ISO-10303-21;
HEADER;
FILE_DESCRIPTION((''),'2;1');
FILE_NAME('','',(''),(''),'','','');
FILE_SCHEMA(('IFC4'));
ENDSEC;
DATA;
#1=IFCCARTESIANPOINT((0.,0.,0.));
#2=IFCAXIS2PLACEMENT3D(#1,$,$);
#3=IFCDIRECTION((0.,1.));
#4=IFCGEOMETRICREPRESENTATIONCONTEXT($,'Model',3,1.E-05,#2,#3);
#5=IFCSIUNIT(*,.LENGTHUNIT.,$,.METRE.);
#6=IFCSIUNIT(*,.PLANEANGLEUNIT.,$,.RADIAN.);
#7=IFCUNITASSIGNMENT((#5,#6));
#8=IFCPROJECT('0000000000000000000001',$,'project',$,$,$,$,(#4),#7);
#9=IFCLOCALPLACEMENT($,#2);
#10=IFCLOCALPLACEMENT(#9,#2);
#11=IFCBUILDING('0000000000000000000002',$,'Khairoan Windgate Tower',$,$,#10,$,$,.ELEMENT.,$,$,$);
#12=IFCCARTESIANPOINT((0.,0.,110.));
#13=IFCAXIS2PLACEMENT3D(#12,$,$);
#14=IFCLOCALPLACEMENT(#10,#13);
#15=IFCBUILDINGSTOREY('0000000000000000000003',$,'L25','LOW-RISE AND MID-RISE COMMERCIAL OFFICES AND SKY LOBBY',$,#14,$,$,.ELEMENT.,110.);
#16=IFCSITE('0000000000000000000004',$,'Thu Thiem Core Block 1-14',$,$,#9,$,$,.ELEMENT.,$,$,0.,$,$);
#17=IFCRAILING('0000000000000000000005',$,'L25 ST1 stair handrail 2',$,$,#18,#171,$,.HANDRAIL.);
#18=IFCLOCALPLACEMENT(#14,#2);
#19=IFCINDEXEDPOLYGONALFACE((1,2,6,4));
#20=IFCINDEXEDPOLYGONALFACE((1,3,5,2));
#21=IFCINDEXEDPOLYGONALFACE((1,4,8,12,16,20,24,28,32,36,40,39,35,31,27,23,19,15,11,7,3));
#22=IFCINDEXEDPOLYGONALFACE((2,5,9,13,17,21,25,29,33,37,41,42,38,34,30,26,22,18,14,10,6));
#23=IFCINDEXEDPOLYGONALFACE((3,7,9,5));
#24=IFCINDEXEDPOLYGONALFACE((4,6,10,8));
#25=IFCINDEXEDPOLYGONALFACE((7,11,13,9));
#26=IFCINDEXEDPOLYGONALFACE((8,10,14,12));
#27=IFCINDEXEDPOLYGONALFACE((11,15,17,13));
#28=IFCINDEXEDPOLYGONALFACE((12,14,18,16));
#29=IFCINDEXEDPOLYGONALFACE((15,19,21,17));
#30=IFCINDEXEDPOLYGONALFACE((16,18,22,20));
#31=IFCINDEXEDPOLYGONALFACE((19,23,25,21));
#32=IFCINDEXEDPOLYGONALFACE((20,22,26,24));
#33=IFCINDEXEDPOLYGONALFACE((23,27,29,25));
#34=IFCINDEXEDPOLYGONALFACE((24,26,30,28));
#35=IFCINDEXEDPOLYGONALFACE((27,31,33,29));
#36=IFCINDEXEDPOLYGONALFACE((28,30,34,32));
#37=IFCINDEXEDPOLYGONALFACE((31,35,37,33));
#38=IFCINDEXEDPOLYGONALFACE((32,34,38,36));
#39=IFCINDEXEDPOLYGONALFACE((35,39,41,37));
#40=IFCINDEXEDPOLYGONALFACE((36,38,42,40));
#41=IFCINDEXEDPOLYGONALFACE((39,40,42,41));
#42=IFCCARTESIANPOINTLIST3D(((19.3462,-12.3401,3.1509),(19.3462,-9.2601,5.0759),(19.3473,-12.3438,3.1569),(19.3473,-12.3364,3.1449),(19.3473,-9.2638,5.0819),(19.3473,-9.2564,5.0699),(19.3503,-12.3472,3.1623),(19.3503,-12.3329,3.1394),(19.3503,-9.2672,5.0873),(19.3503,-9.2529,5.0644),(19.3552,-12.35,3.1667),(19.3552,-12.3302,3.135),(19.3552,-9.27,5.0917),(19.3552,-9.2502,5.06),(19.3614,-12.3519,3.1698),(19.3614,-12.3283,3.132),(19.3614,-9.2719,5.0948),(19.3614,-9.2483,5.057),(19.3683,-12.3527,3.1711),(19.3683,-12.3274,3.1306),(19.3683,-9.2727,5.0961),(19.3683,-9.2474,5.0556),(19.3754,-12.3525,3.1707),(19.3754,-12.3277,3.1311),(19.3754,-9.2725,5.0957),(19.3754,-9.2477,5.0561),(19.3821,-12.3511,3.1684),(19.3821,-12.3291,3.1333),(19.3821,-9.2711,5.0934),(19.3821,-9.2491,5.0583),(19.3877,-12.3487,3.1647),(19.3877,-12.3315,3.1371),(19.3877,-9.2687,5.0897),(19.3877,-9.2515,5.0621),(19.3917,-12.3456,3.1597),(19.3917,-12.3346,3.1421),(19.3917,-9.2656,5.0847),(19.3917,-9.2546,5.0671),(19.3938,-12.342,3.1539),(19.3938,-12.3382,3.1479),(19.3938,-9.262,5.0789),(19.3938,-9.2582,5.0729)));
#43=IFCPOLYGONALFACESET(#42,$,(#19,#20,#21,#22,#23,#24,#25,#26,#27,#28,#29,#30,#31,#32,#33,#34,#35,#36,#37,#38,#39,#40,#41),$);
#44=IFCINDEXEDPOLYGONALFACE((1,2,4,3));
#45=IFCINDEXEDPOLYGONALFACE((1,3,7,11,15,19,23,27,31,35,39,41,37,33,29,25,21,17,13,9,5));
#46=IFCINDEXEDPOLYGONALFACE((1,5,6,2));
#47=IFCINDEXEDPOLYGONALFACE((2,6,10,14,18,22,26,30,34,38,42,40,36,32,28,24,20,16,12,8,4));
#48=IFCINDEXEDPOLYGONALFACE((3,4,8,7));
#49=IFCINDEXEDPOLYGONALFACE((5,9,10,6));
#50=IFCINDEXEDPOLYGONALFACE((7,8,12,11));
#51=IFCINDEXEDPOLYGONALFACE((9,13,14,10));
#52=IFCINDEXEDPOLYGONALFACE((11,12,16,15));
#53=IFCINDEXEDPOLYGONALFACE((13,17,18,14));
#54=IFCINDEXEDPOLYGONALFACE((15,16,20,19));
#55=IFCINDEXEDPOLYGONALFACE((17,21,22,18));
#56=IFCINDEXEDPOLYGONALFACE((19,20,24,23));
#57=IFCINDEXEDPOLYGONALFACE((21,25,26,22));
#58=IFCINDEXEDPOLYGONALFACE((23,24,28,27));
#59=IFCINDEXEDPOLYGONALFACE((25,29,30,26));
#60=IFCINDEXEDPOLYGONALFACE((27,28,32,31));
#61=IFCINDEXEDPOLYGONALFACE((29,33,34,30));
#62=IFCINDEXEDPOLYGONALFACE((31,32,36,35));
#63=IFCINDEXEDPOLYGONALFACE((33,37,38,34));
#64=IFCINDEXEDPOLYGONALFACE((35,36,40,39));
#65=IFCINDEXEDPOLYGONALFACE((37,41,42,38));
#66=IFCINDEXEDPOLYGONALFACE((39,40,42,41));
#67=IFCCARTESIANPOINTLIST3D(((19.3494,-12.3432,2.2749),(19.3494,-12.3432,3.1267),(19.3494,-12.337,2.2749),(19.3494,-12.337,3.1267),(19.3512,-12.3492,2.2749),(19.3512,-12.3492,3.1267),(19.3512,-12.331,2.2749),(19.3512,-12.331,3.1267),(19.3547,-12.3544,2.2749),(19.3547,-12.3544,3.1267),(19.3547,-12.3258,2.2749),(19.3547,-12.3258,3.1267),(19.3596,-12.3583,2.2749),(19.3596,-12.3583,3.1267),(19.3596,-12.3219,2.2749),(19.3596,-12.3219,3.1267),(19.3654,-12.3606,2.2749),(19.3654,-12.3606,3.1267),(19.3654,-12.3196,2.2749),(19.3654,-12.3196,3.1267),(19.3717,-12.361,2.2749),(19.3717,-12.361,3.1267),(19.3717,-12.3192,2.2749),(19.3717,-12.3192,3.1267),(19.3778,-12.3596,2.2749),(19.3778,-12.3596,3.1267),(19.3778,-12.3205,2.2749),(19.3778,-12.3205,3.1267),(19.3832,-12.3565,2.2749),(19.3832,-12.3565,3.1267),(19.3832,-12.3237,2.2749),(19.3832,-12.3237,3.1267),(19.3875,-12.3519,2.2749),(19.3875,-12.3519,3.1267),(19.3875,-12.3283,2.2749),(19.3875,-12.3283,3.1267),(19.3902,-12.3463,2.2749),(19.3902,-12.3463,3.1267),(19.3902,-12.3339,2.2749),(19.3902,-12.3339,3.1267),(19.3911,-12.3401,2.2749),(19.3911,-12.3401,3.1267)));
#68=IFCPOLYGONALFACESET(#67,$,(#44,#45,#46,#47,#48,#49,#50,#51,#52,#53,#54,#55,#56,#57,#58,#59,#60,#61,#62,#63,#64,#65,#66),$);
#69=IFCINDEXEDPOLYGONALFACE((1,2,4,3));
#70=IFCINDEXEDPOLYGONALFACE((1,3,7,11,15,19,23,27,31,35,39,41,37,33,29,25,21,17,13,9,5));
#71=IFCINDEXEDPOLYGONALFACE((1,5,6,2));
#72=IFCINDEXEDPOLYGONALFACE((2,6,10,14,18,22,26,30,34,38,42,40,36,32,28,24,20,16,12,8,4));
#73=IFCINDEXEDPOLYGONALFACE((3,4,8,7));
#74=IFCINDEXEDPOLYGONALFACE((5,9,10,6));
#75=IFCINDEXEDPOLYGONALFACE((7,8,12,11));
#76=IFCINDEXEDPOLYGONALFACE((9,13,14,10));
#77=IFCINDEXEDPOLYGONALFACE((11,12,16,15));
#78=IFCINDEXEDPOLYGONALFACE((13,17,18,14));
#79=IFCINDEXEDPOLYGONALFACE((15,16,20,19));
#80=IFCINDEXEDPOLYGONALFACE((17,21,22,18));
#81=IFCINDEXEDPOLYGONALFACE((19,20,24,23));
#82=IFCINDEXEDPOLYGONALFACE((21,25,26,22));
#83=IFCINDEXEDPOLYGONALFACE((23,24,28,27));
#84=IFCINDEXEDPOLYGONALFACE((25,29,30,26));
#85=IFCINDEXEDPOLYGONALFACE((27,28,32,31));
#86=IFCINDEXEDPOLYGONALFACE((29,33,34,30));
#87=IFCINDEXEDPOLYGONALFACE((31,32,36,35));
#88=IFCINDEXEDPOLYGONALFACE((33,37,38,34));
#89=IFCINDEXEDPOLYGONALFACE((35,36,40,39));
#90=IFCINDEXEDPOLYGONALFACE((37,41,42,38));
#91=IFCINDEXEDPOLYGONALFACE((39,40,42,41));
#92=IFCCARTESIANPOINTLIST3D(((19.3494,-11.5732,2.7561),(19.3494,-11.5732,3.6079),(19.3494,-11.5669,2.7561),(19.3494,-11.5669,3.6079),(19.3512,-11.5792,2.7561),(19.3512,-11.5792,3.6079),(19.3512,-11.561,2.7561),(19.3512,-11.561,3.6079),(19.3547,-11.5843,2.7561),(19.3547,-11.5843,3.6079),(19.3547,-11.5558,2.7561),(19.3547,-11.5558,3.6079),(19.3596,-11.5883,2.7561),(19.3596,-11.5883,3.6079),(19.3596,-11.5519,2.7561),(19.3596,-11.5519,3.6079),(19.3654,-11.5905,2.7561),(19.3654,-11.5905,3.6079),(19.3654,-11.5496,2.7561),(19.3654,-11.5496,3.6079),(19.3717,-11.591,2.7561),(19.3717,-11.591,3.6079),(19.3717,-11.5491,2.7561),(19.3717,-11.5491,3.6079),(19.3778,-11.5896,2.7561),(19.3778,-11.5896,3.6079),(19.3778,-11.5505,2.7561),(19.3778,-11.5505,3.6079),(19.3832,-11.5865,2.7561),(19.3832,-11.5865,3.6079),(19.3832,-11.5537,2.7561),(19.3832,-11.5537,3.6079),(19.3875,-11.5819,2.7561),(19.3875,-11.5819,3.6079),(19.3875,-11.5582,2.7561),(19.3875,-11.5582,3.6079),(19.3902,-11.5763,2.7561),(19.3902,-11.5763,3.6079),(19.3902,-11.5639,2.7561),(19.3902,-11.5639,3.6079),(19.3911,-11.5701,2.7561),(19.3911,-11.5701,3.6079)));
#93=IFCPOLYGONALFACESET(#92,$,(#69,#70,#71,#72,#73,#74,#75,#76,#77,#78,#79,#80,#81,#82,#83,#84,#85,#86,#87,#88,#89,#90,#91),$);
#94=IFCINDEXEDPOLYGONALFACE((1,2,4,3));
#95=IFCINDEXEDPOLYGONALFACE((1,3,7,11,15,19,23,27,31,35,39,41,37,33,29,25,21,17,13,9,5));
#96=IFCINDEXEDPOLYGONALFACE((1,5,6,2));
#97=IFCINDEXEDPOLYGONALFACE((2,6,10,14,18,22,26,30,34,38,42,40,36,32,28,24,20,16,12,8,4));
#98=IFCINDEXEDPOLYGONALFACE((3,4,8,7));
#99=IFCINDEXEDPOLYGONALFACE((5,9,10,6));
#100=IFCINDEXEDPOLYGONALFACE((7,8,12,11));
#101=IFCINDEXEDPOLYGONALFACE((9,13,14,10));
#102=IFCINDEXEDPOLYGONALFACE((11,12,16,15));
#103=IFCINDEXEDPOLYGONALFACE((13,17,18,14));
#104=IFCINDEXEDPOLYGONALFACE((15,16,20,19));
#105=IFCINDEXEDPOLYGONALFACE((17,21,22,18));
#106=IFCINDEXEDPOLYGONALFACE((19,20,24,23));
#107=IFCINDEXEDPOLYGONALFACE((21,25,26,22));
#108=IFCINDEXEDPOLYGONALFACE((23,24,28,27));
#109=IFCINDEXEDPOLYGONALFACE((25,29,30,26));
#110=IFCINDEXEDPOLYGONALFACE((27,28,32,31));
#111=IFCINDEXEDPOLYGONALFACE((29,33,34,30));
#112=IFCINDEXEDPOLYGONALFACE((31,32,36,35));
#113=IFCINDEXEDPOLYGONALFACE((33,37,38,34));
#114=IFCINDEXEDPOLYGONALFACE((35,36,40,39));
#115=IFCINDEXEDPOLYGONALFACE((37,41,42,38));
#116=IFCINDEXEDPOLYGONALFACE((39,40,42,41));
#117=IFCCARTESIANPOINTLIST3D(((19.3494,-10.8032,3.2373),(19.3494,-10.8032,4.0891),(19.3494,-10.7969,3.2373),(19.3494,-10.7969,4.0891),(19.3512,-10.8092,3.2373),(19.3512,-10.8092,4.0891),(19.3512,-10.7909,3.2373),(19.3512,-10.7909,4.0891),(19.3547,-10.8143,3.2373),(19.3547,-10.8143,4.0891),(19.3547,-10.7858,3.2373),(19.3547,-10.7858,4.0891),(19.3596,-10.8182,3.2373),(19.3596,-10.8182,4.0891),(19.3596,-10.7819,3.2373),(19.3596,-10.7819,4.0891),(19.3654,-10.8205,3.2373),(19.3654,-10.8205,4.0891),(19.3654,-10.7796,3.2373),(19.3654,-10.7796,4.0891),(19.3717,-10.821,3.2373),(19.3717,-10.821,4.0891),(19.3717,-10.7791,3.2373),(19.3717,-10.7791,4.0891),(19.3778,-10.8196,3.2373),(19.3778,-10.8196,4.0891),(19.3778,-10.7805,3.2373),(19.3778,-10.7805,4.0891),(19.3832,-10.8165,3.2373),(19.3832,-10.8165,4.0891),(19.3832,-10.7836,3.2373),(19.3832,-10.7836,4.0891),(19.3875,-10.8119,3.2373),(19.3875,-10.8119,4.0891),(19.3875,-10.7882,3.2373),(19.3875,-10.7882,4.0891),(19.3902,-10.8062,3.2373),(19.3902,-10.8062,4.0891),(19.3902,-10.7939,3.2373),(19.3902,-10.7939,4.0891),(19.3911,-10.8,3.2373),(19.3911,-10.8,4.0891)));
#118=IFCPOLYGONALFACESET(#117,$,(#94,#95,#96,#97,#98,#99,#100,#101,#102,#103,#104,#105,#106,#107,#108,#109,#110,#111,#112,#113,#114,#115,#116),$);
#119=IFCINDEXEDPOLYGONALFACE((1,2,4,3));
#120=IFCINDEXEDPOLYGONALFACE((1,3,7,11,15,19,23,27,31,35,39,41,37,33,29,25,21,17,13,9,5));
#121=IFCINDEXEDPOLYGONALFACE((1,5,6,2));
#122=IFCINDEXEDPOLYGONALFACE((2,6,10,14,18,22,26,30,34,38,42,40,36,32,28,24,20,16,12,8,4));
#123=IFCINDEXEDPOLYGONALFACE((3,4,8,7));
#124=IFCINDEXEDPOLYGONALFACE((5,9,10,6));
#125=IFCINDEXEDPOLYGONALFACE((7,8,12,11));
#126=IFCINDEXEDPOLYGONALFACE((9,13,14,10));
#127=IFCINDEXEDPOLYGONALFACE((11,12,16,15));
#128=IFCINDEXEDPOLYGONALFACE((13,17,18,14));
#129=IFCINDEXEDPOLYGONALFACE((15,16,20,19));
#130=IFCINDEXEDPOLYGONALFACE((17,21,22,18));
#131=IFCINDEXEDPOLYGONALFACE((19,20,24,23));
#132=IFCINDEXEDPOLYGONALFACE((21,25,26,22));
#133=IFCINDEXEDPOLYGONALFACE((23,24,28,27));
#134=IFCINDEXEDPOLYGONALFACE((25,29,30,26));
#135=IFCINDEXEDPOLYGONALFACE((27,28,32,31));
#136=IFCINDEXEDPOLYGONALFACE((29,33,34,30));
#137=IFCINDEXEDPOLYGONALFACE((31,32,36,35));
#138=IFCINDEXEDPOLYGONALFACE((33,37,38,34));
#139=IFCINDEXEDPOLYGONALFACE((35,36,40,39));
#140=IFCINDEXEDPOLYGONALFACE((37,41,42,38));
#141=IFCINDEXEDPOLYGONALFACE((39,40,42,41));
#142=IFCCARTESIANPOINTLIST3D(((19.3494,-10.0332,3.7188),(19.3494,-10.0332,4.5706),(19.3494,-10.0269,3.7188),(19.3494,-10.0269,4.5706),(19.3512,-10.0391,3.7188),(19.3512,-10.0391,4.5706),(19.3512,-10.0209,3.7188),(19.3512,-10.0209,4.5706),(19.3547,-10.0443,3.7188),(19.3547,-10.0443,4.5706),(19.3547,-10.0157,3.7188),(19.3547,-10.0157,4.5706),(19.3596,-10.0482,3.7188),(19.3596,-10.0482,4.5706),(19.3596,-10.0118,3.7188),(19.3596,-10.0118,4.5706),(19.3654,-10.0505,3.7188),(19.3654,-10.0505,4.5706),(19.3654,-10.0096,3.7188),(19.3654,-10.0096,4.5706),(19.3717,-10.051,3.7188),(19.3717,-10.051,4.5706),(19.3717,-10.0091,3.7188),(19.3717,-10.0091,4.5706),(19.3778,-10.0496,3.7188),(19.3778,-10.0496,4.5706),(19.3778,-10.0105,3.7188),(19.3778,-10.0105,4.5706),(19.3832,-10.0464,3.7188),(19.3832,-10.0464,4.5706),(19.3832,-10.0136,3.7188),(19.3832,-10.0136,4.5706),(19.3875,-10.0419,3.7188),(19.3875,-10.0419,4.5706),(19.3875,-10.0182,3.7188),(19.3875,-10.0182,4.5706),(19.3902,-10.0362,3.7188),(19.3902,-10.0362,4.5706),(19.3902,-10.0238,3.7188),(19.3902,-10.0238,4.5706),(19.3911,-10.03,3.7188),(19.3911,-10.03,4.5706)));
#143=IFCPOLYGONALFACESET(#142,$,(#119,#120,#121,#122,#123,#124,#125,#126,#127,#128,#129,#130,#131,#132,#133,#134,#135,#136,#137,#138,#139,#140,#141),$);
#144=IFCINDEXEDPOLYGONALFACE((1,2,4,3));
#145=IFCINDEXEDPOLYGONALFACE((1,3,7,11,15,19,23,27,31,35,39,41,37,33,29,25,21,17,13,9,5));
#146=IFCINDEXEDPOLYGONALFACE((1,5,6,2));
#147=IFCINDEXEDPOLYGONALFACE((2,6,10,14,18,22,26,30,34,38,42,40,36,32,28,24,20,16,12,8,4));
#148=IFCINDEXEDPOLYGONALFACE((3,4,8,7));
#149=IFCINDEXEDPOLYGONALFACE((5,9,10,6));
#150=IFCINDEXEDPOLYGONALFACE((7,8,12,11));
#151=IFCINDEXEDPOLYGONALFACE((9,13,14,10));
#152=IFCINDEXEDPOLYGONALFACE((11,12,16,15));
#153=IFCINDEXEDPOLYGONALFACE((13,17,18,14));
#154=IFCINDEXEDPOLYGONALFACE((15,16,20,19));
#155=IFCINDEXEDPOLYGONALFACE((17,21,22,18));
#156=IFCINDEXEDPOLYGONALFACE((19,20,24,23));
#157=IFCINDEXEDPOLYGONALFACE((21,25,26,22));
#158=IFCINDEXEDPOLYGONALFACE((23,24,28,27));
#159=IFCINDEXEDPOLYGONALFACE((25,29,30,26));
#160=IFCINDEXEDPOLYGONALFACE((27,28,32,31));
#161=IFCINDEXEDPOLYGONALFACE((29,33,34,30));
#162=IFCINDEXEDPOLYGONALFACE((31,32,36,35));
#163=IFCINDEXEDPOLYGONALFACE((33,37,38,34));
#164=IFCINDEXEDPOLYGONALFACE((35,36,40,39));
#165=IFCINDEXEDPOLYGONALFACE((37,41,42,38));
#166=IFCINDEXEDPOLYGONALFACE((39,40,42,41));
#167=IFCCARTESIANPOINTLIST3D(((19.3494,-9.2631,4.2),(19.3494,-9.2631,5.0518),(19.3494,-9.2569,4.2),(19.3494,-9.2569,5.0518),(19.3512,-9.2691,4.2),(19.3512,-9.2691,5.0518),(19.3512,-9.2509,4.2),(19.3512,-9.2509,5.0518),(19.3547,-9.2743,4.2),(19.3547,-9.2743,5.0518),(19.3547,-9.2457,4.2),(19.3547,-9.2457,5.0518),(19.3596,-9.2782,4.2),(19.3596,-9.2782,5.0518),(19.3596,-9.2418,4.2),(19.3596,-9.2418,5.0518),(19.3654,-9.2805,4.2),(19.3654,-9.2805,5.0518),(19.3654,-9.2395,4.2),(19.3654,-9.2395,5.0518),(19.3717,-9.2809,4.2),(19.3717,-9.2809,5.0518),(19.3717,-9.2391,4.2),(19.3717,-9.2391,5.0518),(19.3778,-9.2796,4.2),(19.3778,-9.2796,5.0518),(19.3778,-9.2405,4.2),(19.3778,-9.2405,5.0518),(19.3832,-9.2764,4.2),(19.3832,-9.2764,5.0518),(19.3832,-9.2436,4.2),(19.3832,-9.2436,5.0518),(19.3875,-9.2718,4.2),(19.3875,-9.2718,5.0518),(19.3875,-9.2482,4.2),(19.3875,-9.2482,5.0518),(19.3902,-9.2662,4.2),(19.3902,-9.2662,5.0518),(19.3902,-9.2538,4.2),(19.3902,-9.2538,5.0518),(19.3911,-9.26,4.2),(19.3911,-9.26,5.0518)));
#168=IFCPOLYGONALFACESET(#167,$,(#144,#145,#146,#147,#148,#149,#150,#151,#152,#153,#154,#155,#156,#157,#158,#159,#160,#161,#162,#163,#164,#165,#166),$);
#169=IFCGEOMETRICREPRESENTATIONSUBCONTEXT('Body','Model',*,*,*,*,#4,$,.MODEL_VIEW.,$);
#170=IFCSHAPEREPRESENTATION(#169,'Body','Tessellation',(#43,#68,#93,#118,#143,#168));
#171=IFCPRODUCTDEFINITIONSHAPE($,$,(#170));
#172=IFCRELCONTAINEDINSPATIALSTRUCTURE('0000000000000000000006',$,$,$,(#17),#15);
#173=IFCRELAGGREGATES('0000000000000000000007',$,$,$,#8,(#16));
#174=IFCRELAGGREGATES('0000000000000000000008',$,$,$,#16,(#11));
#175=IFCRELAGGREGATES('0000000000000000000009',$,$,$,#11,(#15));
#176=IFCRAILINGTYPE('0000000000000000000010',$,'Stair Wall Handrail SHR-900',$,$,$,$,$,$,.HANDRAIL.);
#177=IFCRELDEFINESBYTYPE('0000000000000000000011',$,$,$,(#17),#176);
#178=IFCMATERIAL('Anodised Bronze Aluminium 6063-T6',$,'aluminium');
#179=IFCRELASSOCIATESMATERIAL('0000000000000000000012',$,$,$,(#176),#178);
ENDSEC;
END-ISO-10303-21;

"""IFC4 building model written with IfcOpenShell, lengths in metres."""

from ifc_helpers import new_model, si_unit, direction, frame, origin, origin_2d, place, context, subcontext, project, spatial, circle, extrude, material, type_object, element, save


model = new_model("IFC4")

# Units and contexts
model_context = context("Model", 3, precision=1e-05, world=origin(), true_north=direction((0.0, 1.0)))
body_context = subcontext(model_context, "Body", "Model", "MODEL_VIEW")
ifc_project = project(units=[si_unit("LENGTHUNIT", "METRE"), si_unit("PLANEANGLEUNIT", "RADIAN")], contexts=[model_context])

# Site, building, storey
site_placement = place(None, origin())
site = spatial("IfcSite", under=ifc_project, at=site_placement, Name="Thu Thiem Core Block 1-14", CompositionType="ELEMENT", RefElevation=0.0)
building_placement = place(site_placement, origin())
building = spatial("IfcBuilding", under=site, at=building_placement, Name="Khairoan Windgate Tower", CompositionType="ELEMENT")
storey_placement = place(building_placement, frame((0.0, 0.0, 110.0)))
storey = spatial("IfcBuildingStorey", under=building, at=storey_placement, Name="L25", Description="LOW-RISE AND MID-RISE COMMERCIAL OFFICES AND SKY LOBBY", CompositionType="ELEMENT", Elevation=110.0)

# Railing
ifc_material_1 = material(Name="Anodised Bronze Aluminium 6063-T6", Category="aluminium")
railing_type_1 = type_object("IfcRailingType", Name="Stair Wall Handrail SHR-900", PredefinedType="HANDRAIL", material=ifc_material_1)
railing_1_placement = place(storey_placement, frame((19.3701, -12.3401, 2.2749)))
element("IfcRailing", 1, at=railing_1_placement, inside=storey, type_object=railing_type_1, Name="L25 ST1 stair handrail 2", PredefinedType="HANDRAIL", context=body_context, shape_type="SweptSolid", body=[
    extrude(circle(Radius=0.0239, at=origin_2d()), frame((0.0, 0.0, 0.876), z_axis=(0.0, 0.847998, 0.529999), x_axis=(-1.0, 0.0, 0.0)), (0.0, 0.0, 1.0), 3.6321),
    extrude(circle(Radius=0.021, at=origin_2d()), origin(), (0.0, 0.0, 1.0), 0.8518),
    extrude(circle(Radius=0.021, at=origin_2d()), frame((0.0, 0.77, 0.4812)), (0.0, 0.0, 1.0), 0.8518),
    extrude(circle(Radius=0.021, at=origin_2d()), frame((0.0, 1.54, 0.9624)), (0.0, 0.0, 1.0), 0.8518),
    extrude(circle(Radius=0.021, at=origin_2d()), frame((0.0, 2.3101, 1.4438)), (0.0, 0.0, 1.0), 0.8518),
    extrude(circle(Radius=0.021, at=origin_2d()), frame((0.0, 3.0801, 1.925)), (0.0, 0.0, 1.0), 0.8518),
])

save(model, "model.ifc")
